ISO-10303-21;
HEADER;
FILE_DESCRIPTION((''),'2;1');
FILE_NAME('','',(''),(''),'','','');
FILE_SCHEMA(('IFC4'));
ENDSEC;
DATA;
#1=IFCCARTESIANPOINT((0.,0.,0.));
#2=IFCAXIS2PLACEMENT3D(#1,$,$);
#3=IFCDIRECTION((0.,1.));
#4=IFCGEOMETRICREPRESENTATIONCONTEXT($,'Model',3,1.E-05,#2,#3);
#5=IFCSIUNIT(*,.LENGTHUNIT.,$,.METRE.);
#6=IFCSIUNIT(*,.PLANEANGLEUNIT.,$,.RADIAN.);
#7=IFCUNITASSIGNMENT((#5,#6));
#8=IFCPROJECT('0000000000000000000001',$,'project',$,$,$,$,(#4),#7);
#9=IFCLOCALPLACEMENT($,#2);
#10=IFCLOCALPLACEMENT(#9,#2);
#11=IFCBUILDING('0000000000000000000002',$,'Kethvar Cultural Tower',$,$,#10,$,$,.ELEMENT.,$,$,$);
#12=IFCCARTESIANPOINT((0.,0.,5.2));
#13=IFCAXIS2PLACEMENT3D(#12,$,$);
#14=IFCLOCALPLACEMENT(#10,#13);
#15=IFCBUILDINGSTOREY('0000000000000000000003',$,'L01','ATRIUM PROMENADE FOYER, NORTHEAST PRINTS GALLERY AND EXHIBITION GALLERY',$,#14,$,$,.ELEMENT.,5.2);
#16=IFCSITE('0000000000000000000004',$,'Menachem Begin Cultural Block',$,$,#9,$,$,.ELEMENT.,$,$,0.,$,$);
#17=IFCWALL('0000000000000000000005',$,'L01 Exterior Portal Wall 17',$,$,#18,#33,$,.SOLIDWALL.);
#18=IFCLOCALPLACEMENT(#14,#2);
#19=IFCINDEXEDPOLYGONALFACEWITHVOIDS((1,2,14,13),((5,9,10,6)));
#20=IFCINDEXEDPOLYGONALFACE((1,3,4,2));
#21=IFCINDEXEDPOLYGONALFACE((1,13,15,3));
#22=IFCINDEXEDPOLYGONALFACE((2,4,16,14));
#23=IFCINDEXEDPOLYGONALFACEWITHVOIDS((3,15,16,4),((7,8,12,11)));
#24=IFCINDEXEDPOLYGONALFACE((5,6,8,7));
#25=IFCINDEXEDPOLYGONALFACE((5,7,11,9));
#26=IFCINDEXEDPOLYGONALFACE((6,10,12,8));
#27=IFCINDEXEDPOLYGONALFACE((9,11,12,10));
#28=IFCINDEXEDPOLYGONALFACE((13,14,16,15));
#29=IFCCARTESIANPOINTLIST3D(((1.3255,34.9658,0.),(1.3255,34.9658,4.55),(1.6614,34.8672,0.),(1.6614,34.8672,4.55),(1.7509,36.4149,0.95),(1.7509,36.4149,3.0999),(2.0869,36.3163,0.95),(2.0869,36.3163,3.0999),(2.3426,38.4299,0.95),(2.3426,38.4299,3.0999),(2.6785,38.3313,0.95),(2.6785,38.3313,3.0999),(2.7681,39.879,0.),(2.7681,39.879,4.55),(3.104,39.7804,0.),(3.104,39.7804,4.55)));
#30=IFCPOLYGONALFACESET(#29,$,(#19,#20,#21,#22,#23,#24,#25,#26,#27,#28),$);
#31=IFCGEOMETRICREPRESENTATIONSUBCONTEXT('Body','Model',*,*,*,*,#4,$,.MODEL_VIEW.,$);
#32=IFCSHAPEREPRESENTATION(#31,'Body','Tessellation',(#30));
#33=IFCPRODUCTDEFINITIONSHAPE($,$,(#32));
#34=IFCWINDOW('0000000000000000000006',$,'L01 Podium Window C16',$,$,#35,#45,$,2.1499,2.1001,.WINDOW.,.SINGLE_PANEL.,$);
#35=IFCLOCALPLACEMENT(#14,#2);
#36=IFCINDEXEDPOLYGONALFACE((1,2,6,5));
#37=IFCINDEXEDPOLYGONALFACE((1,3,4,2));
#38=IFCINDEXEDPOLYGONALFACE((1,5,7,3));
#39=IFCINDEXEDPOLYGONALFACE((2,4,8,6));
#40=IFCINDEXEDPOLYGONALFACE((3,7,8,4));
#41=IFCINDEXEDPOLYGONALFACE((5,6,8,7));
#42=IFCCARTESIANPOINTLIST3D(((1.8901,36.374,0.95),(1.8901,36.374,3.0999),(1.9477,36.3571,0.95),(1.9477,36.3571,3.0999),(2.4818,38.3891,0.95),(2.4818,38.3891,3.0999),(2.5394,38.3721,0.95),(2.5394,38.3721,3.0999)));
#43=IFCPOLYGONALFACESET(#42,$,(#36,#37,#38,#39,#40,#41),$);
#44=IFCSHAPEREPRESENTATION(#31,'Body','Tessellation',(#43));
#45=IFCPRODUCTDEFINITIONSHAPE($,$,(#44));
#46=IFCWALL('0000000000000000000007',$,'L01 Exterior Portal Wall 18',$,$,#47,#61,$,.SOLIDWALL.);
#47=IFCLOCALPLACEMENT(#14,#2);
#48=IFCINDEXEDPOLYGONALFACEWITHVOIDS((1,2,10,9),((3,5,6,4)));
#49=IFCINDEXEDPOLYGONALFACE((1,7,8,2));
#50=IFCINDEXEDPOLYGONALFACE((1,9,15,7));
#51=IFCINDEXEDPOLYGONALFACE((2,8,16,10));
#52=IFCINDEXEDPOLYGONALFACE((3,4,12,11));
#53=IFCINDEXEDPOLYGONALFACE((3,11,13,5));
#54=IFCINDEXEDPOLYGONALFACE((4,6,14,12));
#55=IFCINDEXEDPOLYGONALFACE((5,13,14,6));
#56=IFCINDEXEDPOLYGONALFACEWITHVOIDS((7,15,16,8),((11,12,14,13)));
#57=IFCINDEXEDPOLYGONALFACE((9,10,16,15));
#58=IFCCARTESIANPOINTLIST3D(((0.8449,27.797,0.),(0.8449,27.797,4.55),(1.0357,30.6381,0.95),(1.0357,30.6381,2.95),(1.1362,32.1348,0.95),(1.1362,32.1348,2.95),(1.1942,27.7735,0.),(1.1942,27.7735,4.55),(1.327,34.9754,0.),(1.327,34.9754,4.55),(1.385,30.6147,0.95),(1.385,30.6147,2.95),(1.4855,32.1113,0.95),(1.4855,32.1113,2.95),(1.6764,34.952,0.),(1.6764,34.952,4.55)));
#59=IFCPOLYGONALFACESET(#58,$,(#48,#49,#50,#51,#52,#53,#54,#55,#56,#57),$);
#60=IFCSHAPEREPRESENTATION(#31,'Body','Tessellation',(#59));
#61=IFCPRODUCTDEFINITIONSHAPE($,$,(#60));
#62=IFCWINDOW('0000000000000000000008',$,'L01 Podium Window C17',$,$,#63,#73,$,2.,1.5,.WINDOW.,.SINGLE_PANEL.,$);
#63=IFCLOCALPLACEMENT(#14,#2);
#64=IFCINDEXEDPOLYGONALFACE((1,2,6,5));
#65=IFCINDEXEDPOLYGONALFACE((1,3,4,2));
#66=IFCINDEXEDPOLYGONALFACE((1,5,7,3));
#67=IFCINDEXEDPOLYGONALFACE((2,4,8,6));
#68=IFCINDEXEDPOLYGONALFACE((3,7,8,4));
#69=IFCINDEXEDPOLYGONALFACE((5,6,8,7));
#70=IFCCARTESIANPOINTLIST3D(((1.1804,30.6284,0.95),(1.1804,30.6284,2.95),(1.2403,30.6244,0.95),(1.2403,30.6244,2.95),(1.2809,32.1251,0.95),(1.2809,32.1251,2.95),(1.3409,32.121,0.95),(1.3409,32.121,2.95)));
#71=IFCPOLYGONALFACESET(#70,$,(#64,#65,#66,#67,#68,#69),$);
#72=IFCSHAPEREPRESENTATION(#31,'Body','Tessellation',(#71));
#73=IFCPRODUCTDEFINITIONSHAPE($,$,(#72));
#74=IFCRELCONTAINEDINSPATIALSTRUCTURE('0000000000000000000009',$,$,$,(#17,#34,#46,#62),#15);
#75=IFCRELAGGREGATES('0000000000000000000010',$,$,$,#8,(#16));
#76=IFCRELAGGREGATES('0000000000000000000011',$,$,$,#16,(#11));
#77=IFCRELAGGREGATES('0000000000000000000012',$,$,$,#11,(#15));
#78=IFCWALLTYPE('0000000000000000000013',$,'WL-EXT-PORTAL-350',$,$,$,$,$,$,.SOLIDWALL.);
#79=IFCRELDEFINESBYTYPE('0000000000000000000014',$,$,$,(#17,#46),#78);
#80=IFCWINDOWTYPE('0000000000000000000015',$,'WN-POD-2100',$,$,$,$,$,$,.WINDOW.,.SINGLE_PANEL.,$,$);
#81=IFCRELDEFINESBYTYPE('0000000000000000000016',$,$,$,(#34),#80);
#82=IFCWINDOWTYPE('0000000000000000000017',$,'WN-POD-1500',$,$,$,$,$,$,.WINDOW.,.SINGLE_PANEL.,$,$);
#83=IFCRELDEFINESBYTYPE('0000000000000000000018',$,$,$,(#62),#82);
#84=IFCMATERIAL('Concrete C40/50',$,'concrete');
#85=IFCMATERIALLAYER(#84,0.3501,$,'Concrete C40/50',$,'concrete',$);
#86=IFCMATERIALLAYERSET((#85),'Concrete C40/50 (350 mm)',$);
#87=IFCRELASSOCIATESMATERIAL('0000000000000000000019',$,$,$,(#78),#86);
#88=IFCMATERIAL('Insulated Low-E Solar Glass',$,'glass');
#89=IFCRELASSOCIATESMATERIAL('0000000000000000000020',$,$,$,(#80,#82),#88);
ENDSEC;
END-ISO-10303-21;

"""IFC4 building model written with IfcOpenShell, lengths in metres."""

from ifc_helpers import new_model, si_unit, direction, frame, frame_2d, origin, place, context, subcontext, project, spatial, rectangle, extrude, source, transform, mapped, material, layer, layer_set, type_object, element, fill, save


model = new_model("IFC4")

# Units and contexts
model_context = context("Model", 3, precision=1e-05, world=origin(), true_north=direction((0.0, 1.0)))
body_context = subcontext(model_context, "Body", "Model", "MODEL_VIEW")
ifc_project = project(units=[si_unit("LENGTHUNIT", "METRE"), si_unit("PLANEANGLEUNIT", "RADIAN")], contexts=[model_context])

# Site, building, storey
site_placement = place(None, origin())
site = spatial("IfcSite", under=ifc_project, at=site_placement, Name="Menachem Begin Cultural Block", CompositionType="ELEMENT", RefElevation=0.0)
building_placement = place(site_placement, origin())
building = spatial("IfcBuilding", under=site, at=building_placement, Name="Kethvar Cultural Tower", CompositionType="ELEMENT")
storey_placement = place(building_placement, frame((0.0, 0.0, 5.2)))
storey = spatial("IfcBuildingStorey", under=building, at=storey_placement, Name="L01", Description="ATRIUM PROMENADE FOYER, NORTHEAST PRINTS GALLERY AND EXHIBITION GALLERY", CompositionType="ELEMENT", Elevation=5.2)

# Shared definitions
ifc_material_1 = material(Name="Insulated Low-E Solar Glass", Category="glass")

# Walls, openings, windows
ifc_material_2 = material(Name="Concrete C40/50", Category="concrete")
ifc_layer_1 = layer(ifc_material_2, 0.3501, Name="Concrete C40/50", Category="concrete")
ifc_layer_set_1 = layer_set([ifc_layer_1], Name="Concrete C40/50 (350 mm)")
wall_type_1 = type_object("IfcWallType", Name="WL-EXT-PORTAL-350", PredefinedType="SOLIDWALL", material=ifc_layer_set_1)
wall_1_placement = place(storey_placement, frame((1.4934, 34.9165, 0.0), z_axis=(0.0, 0.0, 1.0), x_axis=(0.281735, 0.959492, 0.0)))
wall_1 = element("IfcWall", 1, at=wall_1_placement, inside=storey, type_object=wall_type_1, Name="L01 Exterior Portal Wall 17", PredefinedType="SOLIDWALL", context=body_context, shape_type="SweptSolid", body=[
    extrude(rectangle(XDim=5.1206, YDim=0.3501, at=frame_2d((2.5603, 0.0))), origin(), (0.0, 0.0, 1.0), 4.55),
])
opening_1_placement = place(wall_1_placement, frame((1.5103, 0.0, 0.95)))
opening_1 = element("IfcOpeningElement", 2, at=opening_1_placement, cuts=wall_1, PredefinedType="OPENING", context=body_context, shape_type="SweptSolid", body=[
    extrude(rectangle(XDim=2.1001, YDim=2.1499, at=frame_2d((1.05, 1.075))), frame((0.0, 0.1851, 0.0), z_axis=(0.0, -1.0, 0.0), x_axis=(1.0, 0.0, 0.0)), (0.0, 0.0, 1.0), 0.3701),
])
window_type_1 = type_object("IfcWindowType", Name="WN-POD-2100", PartitioningType="SINGLE_PANEL", PredefinedType="WINDOW", material=ifc_material_1)
shared_shape_1 = source(origin(), body_context, "Body", "SweptSolid", [
    extrude(rectangle(XDim=2.1001, YDim=2.1499, at=frame_2d((1.05, 1.075))), frame((0.0, 0.03, 0.0), z_axis=(0.0, -1.0, 0.0), x_axis=(1.0, 0.0, 0.0)), (0.0, 0.0, 1.0), 0.0601),
])
window_1_placement = place(opening_1_placement, origin())
window_1 = element("IfcWindow", 3, at=window_1_placement, inside=storey, type_object=window_type_1, Name="L01 Podium Window C16", OverallHeight=2.1499, OverallWidth=2.1001, PartitioningType="SINGLE_PANEL", PredefinedType="WINDOW", context=body_context, shape_type="MappedRepresentation", body=[
    mapped(shared_shape_1, transform((0.0, 0.0, 0.0), scale=1.0)),
])
fill(opening_1, window_1)
wall_2_placement = place(storey_placement, frame((1.0195, 27.7854, 0.0), z_axis=(0.0, 0.0, 1.0), x_axis=(0.067019, 0.997752, 0.0)))
wall_2 = element("IfcWall", 4, at=wall_2_placement, inside=storey, type_object=wall_type_1, Name="L01 Exterior Portal Wall 18", PredefinedType="SOLIDWALL", context=body_context, shape_type="SweptSolid", body=[
    extrude(rectangle(XDim=7.1946, YDim=0.3501, at=frame_2d((3.5972, 0.0))), origin(), (0.0, 0.0, 1.0), 4.55),
])
opening_2_placement = place(wall_2_placement, frame((2.8474, 0.0, 0.95)))
opening_2 = element("IfcOpeningElement", 5, at=opening_2_placement, cuts=wall_2, PredefinedType="OPENING", context=body_context, shape_type="SweptSolid", body=[
    extrude(rectangle(XDim=1.5, YDim=2.0, at=frame_2d((0.75, 1.0))), frame((0.0, 0.1851, 0.0), z_axis=(0.0, -1.0, 0.0), x_axis=(1.0, 0.0, 0.0)), (0.0, 0.0, 1.0), 0.3701),
])
window_type_2 = type_object("IfcWindowType", Name="WN-POD-1500", PartitioningType="SINGLE_PANEL", PredefinedType="WINDOW", material=ifc_material_1)
shared_shape_2 = source(origin(), body_context, "Body", "SweptSolid", [
    extrude(rectangle(XDim=1.5, YDim=2.0, at=frame_2d((0.75, 1.0))), frame((0.0, 0.03, 0.0), z_axis=(0.0, -1.0, 0.0), x_axis=(1.0, 0.0, 0.0)), (0.0, 0.0, 1.0), 0.0601),
])
window_2_placement = place(opening_2_placement, origin())
window_2 = element("IfcWindow", 6, at=window_2_placement, inside=storey, type_object=window_type_2, Name="L01 Podium Window C17", OverallHeight=2.0, OverallWidth=1.5, PartitioningType="SINGLE_PANEL", PredefinedType="WINDOW", context=body_context, shape_type="MappedRepresentation", body=[
    mapped(shared_shape_2, transform((0.0, 0.0, 0.0), scale=1.0)),
])
fill(opening_2, window_2)

save(model, "model.ifc")
